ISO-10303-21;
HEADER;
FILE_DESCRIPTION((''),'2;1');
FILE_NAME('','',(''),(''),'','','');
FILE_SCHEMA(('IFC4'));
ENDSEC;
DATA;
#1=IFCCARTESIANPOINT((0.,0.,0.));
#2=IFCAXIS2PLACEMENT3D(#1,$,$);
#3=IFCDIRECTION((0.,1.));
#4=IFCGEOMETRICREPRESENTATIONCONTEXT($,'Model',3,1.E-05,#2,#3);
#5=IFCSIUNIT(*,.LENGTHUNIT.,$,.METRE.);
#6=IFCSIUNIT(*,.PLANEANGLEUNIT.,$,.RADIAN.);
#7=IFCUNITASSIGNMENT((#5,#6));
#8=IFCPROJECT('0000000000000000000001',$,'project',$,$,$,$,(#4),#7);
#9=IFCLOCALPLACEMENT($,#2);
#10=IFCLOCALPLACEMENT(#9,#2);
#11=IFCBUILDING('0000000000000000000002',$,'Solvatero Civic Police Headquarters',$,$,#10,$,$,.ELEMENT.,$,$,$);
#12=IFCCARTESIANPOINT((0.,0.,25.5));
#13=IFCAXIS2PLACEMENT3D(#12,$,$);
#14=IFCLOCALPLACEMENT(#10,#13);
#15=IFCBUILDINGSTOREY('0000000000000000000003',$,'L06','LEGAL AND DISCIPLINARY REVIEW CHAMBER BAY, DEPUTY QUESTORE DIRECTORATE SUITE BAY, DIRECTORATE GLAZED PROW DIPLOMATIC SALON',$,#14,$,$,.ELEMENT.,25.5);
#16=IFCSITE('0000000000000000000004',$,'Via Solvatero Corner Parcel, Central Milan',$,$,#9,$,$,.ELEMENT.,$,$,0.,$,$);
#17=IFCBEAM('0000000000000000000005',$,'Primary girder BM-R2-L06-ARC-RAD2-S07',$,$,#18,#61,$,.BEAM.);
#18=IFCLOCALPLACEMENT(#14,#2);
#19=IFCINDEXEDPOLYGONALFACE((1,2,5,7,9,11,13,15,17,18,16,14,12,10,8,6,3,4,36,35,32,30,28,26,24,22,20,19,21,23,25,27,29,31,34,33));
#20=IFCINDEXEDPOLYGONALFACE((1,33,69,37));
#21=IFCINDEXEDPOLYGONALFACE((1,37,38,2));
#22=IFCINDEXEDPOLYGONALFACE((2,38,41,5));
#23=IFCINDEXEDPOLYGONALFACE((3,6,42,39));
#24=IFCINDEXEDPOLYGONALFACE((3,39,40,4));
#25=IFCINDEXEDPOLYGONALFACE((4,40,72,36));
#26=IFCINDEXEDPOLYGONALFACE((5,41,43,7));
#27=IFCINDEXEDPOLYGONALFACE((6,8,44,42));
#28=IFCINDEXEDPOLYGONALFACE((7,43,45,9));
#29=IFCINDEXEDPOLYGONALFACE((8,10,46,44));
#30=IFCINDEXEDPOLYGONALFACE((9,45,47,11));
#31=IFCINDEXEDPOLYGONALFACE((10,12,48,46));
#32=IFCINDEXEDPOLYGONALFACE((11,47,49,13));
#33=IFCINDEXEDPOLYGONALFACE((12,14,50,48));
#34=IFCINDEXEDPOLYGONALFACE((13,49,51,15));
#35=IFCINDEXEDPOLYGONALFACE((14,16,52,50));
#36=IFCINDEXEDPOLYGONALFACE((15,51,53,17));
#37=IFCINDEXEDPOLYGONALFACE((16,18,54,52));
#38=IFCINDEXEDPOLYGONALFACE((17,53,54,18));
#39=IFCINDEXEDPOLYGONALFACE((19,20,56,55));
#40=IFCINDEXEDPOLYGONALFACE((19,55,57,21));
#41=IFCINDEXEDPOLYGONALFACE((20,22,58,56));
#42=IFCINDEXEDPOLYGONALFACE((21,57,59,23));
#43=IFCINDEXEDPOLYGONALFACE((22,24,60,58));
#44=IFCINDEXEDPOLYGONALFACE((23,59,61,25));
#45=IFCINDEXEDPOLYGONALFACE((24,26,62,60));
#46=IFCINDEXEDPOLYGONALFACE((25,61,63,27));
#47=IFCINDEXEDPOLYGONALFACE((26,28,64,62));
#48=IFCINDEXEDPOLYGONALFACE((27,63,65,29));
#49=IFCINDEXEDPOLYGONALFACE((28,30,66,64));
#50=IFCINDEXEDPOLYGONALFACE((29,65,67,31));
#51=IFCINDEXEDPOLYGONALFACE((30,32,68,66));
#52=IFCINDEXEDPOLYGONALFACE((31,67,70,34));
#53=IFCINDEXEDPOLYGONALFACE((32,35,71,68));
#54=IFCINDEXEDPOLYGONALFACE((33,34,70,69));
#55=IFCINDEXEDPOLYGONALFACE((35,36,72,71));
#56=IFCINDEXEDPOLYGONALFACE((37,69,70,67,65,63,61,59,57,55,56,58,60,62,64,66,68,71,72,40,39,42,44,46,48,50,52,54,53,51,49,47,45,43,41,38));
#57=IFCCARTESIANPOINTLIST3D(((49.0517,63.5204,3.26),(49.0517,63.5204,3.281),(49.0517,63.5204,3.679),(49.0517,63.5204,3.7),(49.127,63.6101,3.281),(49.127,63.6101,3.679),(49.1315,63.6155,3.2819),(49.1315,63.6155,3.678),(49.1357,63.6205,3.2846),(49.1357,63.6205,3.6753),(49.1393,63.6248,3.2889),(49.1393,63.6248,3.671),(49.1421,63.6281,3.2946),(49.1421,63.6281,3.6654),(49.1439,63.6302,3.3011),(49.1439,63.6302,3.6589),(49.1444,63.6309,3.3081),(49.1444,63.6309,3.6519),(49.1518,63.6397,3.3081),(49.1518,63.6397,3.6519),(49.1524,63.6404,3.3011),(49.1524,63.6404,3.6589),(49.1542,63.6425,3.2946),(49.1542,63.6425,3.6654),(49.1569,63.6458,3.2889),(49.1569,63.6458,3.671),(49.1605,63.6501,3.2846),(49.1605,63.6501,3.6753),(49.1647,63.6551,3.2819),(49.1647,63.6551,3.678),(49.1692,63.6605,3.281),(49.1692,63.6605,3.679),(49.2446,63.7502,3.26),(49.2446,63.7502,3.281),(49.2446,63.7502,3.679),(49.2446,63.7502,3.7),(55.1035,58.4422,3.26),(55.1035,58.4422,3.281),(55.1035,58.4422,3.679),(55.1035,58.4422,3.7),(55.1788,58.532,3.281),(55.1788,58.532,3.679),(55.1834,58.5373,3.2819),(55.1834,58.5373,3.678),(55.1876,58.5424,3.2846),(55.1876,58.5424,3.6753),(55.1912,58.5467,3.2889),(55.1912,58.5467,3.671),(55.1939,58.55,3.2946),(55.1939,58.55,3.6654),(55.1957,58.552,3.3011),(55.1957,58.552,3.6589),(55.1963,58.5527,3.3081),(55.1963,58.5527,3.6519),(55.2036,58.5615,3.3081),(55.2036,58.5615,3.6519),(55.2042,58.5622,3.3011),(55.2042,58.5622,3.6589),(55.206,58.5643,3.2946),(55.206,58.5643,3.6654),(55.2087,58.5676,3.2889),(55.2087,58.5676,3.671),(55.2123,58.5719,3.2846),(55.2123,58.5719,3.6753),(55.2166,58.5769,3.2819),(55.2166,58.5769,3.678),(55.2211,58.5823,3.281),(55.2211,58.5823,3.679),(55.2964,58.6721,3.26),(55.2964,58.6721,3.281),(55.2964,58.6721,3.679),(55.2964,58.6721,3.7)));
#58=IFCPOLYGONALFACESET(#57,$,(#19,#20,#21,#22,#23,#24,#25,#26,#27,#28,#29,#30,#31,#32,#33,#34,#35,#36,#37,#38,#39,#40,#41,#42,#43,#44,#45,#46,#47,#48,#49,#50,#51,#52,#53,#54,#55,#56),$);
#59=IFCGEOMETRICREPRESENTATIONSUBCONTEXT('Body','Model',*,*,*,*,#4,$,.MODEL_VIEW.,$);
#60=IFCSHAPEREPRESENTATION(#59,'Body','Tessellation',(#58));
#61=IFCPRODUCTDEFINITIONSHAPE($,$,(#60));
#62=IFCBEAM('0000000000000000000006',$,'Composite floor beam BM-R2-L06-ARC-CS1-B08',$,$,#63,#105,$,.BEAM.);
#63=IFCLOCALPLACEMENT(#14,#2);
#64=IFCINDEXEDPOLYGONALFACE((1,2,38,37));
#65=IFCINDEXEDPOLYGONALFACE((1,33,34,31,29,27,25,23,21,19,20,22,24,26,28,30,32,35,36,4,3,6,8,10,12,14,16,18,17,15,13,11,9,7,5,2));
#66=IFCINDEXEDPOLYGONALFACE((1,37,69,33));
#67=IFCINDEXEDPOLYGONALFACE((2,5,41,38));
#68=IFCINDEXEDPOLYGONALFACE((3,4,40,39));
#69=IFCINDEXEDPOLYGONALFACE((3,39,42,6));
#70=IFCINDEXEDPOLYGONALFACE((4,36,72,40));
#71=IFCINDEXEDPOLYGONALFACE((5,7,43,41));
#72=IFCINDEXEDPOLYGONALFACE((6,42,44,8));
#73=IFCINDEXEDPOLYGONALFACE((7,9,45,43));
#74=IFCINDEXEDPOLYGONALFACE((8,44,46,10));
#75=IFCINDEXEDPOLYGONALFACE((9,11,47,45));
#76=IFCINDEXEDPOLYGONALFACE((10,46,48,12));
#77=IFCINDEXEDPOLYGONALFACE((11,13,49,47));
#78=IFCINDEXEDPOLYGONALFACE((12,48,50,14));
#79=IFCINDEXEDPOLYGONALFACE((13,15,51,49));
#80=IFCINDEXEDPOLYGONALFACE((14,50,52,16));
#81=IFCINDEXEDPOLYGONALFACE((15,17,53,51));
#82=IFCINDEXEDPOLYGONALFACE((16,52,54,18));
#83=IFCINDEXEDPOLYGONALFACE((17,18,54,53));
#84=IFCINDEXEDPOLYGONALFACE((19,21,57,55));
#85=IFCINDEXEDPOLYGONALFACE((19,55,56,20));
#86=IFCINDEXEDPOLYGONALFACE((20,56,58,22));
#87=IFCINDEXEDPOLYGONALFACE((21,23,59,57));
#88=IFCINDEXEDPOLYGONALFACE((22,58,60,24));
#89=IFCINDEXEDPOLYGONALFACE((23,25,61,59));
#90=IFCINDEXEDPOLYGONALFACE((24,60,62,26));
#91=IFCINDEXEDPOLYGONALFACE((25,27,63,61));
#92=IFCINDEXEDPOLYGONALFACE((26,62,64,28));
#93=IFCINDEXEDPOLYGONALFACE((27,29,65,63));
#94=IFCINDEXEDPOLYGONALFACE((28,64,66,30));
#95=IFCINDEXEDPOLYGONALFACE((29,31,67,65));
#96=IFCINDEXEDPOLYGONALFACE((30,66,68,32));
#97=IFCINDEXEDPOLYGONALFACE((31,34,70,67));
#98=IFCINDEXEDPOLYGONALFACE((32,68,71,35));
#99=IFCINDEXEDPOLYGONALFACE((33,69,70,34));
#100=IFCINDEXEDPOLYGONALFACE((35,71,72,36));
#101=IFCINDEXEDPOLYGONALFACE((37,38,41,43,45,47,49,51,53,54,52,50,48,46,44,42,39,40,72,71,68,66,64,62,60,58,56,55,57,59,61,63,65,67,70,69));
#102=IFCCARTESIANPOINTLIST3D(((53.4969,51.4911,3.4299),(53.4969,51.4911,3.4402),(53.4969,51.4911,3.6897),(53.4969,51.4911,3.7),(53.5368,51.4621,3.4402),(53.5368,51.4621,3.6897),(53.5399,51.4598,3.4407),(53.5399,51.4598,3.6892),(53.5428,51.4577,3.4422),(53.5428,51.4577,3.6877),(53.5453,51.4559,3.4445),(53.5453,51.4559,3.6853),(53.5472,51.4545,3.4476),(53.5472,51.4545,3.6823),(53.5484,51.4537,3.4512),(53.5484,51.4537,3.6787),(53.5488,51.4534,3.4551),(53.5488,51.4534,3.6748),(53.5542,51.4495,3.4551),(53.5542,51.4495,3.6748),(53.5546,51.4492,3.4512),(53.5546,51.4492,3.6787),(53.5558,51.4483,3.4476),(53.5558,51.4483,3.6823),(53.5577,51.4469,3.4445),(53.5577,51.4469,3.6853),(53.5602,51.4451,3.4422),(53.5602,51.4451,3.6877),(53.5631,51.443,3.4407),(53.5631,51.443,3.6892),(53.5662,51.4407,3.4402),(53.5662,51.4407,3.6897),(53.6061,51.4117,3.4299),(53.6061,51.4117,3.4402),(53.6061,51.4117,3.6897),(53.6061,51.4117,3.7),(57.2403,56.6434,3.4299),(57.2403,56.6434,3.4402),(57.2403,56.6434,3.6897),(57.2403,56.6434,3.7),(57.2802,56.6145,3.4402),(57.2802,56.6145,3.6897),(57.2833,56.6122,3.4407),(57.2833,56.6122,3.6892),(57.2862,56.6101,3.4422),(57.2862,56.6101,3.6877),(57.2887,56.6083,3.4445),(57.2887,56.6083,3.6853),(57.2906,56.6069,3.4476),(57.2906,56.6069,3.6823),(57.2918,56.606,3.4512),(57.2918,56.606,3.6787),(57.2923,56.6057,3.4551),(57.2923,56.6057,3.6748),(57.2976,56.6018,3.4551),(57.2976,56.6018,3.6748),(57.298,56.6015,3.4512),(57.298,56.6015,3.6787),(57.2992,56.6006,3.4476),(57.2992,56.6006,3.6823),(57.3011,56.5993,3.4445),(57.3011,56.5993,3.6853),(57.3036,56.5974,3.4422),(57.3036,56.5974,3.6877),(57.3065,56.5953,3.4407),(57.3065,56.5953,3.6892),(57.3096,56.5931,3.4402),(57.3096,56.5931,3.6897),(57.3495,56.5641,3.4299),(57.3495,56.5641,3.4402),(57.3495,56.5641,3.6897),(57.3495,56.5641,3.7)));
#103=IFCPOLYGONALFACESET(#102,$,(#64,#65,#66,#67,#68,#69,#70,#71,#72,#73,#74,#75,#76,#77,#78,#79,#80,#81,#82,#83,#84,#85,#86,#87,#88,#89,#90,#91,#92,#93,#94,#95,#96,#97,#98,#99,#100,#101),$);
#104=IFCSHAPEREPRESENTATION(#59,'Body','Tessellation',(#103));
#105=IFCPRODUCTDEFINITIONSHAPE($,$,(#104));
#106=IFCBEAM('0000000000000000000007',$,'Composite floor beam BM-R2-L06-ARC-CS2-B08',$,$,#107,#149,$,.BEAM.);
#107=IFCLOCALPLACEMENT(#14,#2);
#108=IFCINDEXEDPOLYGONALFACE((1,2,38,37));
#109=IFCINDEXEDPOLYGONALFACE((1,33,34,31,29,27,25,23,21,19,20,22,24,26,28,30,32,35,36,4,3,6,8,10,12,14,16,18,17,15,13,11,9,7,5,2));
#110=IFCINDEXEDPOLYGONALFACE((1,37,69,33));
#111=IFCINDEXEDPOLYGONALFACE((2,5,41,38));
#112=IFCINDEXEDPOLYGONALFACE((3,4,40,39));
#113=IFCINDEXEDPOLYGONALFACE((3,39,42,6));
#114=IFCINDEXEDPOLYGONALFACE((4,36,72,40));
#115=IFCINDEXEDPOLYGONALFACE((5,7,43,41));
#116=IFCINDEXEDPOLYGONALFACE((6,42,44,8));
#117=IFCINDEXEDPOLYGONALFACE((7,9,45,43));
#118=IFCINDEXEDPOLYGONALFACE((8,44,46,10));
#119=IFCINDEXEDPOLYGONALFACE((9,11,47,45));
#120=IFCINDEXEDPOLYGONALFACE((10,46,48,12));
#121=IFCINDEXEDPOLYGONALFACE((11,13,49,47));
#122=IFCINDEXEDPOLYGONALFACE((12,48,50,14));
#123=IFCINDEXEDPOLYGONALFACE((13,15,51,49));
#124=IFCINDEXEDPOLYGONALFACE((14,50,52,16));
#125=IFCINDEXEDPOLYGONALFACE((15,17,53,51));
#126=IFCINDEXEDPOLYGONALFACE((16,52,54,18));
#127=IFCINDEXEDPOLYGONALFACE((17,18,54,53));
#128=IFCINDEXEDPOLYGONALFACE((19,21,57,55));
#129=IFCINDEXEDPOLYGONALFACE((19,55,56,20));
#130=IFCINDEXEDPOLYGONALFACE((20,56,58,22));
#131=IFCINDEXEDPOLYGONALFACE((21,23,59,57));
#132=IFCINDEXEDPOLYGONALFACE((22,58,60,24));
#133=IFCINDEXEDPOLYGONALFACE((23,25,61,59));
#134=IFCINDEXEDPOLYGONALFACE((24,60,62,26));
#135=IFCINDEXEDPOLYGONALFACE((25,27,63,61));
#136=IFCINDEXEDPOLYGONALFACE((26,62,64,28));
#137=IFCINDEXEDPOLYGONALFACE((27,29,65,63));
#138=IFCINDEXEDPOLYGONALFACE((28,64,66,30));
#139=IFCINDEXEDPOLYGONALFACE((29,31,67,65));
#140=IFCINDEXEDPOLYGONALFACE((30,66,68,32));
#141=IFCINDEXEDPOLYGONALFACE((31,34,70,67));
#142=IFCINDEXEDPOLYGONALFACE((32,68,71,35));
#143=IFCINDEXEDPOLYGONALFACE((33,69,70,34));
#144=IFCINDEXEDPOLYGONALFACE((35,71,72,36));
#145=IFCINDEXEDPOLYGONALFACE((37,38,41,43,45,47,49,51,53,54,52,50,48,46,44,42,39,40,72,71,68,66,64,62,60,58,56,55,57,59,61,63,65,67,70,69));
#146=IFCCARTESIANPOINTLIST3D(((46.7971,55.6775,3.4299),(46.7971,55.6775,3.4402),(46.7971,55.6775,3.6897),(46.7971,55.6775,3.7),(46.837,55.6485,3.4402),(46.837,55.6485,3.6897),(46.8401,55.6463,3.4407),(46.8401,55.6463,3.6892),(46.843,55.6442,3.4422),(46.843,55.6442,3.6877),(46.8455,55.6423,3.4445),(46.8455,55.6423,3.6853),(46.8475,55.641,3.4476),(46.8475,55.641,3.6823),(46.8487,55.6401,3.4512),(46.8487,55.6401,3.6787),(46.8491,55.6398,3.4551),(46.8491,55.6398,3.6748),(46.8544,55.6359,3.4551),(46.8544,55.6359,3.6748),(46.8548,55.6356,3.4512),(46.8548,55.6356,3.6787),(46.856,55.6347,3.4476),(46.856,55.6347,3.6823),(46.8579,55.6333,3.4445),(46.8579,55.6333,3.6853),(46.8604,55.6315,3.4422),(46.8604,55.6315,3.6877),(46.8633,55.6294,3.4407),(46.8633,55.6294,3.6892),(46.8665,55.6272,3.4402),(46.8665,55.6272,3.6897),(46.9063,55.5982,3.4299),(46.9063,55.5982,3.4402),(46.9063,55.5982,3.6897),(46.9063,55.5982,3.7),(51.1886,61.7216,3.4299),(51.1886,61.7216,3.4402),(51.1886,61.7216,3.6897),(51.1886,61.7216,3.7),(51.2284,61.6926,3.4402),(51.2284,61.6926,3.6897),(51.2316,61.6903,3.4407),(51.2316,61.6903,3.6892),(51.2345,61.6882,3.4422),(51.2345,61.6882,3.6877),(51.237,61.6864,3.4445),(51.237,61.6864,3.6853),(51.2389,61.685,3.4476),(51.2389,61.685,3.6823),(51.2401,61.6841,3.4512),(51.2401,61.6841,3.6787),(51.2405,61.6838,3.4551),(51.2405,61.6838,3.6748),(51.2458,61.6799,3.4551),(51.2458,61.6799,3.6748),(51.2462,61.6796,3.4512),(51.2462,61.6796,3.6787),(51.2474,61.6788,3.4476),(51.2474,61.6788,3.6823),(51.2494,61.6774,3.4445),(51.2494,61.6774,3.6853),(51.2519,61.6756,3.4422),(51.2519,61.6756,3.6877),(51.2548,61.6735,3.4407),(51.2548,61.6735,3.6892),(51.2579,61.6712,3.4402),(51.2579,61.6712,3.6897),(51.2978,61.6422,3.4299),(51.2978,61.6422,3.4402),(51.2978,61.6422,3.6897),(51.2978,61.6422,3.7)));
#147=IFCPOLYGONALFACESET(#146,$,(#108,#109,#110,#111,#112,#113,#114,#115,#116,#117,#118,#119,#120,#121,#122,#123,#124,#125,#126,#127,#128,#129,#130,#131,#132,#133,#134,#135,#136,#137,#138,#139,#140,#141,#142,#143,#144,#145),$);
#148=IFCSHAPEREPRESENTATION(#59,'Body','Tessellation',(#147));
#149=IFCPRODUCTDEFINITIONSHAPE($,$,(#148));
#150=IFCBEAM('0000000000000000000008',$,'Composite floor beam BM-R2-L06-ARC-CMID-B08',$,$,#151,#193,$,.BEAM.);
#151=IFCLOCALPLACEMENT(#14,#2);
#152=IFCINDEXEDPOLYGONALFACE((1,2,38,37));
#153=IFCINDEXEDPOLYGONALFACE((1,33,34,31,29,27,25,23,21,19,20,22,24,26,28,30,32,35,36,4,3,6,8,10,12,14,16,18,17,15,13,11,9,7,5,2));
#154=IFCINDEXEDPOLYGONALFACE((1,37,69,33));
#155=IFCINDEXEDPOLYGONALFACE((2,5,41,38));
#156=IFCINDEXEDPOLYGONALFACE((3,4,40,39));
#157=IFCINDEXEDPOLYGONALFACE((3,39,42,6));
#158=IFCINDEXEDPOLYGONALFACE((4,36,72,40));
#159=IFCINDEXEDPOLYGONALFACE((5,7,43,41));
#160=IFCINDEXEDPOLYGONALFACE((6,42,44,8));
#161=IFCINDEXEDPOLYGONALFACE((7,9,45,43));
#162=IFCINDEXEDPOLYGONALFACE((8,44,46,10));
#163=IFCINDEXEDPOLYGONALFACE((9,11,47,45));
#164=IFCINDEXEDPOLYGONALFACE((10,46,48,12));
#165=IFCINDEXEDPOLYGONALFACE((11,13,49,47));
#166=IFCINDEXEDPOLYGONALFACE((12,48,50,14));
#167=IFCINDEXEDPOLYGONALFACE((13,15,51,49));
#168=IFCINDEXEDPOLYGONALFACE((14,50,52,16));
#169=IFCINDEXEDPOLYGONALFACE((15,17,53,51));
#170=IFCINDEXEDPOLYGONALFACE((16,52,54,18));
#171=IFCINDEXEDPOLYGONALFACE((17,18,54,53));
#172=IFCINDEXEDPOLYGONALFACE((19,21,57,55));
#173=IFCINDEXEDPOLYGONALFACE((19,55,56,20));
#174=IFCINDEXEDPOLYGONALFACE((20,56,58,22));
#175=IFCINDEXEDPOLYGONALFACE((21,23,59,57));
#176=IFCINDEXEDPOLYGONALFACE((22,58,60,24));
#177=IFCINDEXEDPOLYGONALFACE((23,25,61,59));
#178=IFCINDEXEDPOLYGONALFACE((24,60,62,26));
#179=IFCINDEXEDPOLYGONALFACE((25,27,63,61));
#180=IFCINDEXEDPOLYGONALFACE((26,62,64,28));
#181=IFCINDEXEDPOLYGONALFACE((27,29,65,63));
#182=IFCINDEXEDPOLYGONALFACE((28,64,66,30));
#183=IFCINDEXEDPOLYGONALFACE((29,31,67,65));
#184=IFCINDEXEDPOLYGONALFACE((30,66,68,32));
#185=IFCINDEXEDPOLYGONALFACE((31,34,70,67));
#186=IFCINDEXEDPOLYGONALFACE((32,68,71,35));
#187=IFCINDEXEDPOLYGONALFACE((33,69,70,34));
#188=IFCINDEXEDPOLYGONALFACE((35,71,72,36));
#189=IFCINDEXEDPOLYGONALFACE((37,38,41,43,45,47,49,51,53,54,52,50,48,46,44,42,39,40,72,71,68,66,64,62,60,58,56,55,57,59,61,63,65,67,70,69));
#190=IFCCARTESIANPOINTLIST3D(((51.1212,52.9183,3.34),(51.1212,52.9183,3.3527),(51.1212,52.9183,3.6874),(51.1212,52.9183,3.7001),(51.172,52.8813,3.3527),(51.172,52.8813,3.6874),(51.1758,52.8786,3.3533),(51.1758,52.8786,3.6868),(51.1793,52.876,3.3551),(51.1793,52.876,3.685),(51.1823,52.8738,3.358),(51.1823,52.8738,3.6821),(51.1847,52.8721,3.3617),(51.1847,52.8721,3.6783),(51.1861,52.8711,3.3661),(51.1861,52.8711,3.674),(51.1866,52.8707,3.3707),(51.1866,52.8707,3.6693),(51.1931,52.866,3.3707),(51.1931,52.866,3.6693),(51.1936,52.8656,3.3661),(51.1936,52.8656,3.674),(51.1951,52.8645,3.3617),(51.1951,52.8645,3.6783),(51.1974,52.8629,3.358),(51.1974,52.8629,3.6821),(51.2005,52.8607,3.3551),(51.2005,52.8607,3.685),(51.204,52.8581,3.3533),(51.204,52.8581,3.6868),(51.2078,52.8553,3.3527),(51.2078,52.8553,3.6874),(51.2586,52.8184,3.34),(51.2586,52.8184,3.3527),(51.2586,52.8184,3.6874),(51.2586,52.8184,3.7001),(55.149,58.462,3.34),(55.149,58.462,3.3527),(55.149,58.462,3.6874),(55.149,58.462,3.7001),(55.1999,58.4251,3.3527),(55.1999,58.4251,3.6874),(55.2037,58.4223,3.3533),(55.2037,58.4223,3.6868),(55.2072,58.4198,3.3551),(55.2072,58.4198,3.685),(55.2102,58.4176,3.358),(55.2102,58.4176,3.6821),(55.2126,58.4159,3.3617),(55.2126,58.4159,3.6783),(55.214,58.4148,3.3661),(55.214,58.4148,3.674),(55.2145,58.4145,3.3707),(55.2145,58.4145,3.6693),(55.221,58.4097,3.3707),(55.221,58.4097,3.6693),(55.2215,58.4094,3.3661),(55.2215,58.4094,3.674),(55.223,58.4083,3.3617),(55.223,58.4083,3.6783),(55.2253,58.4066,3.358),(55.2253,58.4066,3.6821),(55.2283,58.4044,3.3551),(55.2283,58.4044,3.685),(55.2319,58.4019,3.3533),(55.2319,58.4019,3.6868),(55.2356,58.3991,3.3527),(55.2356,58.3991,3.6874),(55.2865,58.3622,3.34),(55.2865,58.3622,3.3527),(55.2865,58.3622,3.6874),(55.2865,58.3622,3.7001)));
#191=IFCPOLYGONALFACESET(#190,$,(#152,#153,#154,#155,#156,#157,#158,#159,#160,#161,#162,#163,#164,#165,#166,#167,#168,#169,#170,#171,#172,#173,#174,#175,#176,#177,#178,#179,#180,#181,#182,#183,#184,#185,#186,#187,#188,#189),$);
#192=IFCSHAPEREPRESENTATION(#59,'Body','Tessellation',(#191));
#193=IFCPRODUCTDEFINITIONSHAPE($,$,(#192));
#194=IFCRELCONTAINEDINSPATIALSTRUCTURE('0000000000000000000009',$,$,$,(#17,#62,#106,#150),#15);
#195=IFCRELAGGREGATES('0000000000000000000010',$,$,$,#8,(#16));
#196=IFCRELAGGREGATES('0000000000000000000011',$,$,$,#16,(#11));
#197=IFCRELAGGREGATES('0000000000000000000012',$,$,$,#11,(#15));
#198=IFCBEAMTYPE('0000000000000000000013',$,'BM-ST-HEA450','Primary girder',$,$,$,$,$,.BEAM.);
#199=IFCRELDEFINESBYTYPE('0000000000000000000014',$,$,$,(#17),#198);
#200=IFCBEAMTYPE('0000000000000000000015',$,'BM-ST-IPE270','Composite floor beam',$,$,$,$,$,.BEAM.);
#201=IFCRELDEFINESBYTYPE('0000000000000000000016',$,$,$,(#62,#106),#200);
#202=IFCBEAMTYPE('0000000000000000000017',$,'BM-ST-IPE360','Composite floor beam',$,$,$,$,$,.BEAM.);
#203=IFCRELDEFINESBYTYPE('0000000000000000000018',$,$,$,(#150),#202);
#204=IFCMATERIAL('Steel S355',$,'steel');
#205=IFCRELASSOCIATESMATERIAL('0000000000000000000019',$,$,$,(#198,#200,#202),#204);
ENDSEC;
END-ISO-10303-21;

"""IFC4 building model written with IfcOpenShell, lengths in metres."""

from ifc_helpers import new_model, si_unit, direction, frame, origin, origin_2d, place, context, subcontext, project, spatial, i_section, extrude, material, material_profile, profile_set, type_object, element, save


model = new_model("IFC4")

# Units and contexts
model_context = context("Model", 3, precision=1e-05, world=origin(), true_north=direction((0.0, 1.0)))
body_context = subcontext(model_context, "Body", "Model", "MODEL_VIEW")
ifc_project = project(units=[si_unit("LENGTHUNIT", "METRE"), si_unit("PLANEANGLEUNIT", "RADIAN")], contexts=[model_context])

# Site, building, storey
site_placement = place(None, origin())
site = spatial("IfcSite", under=ifc_project, at=site_placement, Name="Via Solvatero Corner Parcel, Central Milan", CompositionType="ELEMENT", RefElevation=0.0)
building_placement = place(site_placement, origin())
building = spatial("IfcBuilding", under=site, at=building_placement, Name="Solvatero Civic Police Headquarters", CompositionType="ELEMENT")
storey_placement = place(building_placement, frame((0.0, 0.0, 25.5)))
storey = spatial("IfcBuildingStorey", under=building, at=storey_placement, Name="L06", Description="LEGAL AND DISCIPLINARY REVIEW CHAMBER BAY, DEPUTY QUESTORE DIRECTORATE SUITE BAY, DIRECTORATE GLAZED PROW DIPLOMATIC SALON", CompositionType="ELEMENT", Elevation=25.5)

# Shared definitions
ifc_material_1 = material(Name="Steel S355", Category="steel")

# Beams
ifc_material_profile_1 = material_profile(ifc_material_1, i_section(OverallWidth=0.3, OverallDepth=0.4399, WebThickness=0.0115, FlangeThickness=0.021, FilletRadius=0.0271, at=origin_2d()), Name="HEA 450")
ifc_profile_set_1 = profile_set([ifc_material_profile_1], Name="Steel S355")
beam_type_1 = type_object("IfcBeamType", Name="BM-ST-HEA450", Description="Primary girder", PredefinedType="BEAM", material=ifc_profile_set_1)
beam_1_placement = place(storey_placement, frame((55.2, 58.5571, 3.48), z_axis=(-0.766038, 0.642795, 0.0), x_axis=(-0.642795, -0.766038, 0.0)))
element("IfcBeam", 1, at=beam_1_placement, inside=storey, type_object=beam_type_1, Name="Primary girder BM-R2-L06-ARC-RAD2-S07", PredefinedType="BEAM", context=body_context, shape_type="SweptSolid", body=[
    extrude(i_section(OverallWidth=0.3, OverallDepth=0.4399, WebThickness=0.0115, FlangeThickness=0.021, FilletRadius=0.0271, at=origin_2d()), origin(), (0.0, 0.0, 1.0), 7.9001),
])
ifc_material_profile_2 = material_profile(ifc_material_1, i_section(OverallWidth=0.135, OverallDepth=0.27, WebThickness=0.0066, FlangeThickness=0.0103, FilletRadius=0.0149, at=origin_2d()), Name="IPE 270")
ifc_profile_set_2 = profile_set([ifc_material_profile_2], Name="Steel S355")
beam_type_2 = type_object("IfcBeamType", Name="BM-ST-IPE270", Description="Composite floor beam", PredefinedType="BEAM", material=ifc_profile_set_2)
beam_2_placement = place(storey_placement, frame((57.2949, 56.6038, 3.5649), z_axis=(-0.587786, -0.809016, 0.0), x_axis=(0.809016, -0.587786, 0.0)))
element("IfcBeam", 2, at=beam_2_placement, inside=storey, type_object=beam_type_2, Name="Composite floor beam BM-R2-L06-ARC-CS1-B08", PredefinedType="BEAM", context=body_context, shape_type="SweptSolid", body=[
    extrude(i_section(OverallWidth=0.135, OverallDepth=0.27, WebThickness=0.0066, FlangeThickness=0.0103, FilletRadius=0.0149, at=origin_2d()), origin(), (0.0, 0.0, 1.0), 6.3687),
])
beam_3_placement = place(storey_placement, frame((51.2432, 61.6819, 3.5649), z_axis=(-0.587801, -0.809006, 0.0), x_axis=(0.809006, -0.587801, 0.0)))
element("IfcBeam", 3, at=beam_3_placement, inside=storey, type_object=beam_type_2, Name="Composite floor beam BM-R2-L06-ARC-CS2-B08", PredefinedType="BEAM", context=body_context, shape_type="SweptSolid", body=[
    extrude(i_section(OverallWidth=0.135, OverallDepth=0.27, WebThickness=0.0066, FlangeThickness=0.0103, FilletRadius=0.0149, at=origin_2d()), origin(), (0.0, 0.0, 1.0), 7.4709),
])
ifc_material_profile_3 = material_profile(ifc_material_1, i_section(OverallWidth=0.1699, OverallDepth=0.3601, WebThickness=0.0081, FlangeThickness=0.0127, FilletRadius=0.0181, at=origin_2d()), Name="IPE 360")
ifc_profile_set_3 = profile_set([ifc_material_profile_3], Name="Steel S355")
beam_type_3 = type_object("IfcBeamType", Name="BM-ST-IPE360", Description="Composite floor beam", PredefinedType="BEAM", material=ifc_profile_set_3)
beam_4_placement = place(storey_placement, frame((55.2178, 58.4121, 3.52), z_axis=(-0.587795, -0.80901, 0.0), x_axis=(0.80901, -0.587795, 0.0)))
element("IfcBeam", 4, at=beam_4_placement, inside=storey, type_object=beam_type_3, Name="Composite floor beam BM-R2-L06-ARC-CMID-B08", PredefinedType="BEAM", context=body_context, shape_type="SweptSolid", body=[
    extrude(i_section(OverallWidth=0.1699, OverallDepth=0.3601, WebThickness=0.0081, FlangeThickness=0.0127, FilletRadius=0.0181, at=origin_2d()), origin(), (0.0, 0.0, 1.0), 6.8525),
])

save(model, "model.ifc")
